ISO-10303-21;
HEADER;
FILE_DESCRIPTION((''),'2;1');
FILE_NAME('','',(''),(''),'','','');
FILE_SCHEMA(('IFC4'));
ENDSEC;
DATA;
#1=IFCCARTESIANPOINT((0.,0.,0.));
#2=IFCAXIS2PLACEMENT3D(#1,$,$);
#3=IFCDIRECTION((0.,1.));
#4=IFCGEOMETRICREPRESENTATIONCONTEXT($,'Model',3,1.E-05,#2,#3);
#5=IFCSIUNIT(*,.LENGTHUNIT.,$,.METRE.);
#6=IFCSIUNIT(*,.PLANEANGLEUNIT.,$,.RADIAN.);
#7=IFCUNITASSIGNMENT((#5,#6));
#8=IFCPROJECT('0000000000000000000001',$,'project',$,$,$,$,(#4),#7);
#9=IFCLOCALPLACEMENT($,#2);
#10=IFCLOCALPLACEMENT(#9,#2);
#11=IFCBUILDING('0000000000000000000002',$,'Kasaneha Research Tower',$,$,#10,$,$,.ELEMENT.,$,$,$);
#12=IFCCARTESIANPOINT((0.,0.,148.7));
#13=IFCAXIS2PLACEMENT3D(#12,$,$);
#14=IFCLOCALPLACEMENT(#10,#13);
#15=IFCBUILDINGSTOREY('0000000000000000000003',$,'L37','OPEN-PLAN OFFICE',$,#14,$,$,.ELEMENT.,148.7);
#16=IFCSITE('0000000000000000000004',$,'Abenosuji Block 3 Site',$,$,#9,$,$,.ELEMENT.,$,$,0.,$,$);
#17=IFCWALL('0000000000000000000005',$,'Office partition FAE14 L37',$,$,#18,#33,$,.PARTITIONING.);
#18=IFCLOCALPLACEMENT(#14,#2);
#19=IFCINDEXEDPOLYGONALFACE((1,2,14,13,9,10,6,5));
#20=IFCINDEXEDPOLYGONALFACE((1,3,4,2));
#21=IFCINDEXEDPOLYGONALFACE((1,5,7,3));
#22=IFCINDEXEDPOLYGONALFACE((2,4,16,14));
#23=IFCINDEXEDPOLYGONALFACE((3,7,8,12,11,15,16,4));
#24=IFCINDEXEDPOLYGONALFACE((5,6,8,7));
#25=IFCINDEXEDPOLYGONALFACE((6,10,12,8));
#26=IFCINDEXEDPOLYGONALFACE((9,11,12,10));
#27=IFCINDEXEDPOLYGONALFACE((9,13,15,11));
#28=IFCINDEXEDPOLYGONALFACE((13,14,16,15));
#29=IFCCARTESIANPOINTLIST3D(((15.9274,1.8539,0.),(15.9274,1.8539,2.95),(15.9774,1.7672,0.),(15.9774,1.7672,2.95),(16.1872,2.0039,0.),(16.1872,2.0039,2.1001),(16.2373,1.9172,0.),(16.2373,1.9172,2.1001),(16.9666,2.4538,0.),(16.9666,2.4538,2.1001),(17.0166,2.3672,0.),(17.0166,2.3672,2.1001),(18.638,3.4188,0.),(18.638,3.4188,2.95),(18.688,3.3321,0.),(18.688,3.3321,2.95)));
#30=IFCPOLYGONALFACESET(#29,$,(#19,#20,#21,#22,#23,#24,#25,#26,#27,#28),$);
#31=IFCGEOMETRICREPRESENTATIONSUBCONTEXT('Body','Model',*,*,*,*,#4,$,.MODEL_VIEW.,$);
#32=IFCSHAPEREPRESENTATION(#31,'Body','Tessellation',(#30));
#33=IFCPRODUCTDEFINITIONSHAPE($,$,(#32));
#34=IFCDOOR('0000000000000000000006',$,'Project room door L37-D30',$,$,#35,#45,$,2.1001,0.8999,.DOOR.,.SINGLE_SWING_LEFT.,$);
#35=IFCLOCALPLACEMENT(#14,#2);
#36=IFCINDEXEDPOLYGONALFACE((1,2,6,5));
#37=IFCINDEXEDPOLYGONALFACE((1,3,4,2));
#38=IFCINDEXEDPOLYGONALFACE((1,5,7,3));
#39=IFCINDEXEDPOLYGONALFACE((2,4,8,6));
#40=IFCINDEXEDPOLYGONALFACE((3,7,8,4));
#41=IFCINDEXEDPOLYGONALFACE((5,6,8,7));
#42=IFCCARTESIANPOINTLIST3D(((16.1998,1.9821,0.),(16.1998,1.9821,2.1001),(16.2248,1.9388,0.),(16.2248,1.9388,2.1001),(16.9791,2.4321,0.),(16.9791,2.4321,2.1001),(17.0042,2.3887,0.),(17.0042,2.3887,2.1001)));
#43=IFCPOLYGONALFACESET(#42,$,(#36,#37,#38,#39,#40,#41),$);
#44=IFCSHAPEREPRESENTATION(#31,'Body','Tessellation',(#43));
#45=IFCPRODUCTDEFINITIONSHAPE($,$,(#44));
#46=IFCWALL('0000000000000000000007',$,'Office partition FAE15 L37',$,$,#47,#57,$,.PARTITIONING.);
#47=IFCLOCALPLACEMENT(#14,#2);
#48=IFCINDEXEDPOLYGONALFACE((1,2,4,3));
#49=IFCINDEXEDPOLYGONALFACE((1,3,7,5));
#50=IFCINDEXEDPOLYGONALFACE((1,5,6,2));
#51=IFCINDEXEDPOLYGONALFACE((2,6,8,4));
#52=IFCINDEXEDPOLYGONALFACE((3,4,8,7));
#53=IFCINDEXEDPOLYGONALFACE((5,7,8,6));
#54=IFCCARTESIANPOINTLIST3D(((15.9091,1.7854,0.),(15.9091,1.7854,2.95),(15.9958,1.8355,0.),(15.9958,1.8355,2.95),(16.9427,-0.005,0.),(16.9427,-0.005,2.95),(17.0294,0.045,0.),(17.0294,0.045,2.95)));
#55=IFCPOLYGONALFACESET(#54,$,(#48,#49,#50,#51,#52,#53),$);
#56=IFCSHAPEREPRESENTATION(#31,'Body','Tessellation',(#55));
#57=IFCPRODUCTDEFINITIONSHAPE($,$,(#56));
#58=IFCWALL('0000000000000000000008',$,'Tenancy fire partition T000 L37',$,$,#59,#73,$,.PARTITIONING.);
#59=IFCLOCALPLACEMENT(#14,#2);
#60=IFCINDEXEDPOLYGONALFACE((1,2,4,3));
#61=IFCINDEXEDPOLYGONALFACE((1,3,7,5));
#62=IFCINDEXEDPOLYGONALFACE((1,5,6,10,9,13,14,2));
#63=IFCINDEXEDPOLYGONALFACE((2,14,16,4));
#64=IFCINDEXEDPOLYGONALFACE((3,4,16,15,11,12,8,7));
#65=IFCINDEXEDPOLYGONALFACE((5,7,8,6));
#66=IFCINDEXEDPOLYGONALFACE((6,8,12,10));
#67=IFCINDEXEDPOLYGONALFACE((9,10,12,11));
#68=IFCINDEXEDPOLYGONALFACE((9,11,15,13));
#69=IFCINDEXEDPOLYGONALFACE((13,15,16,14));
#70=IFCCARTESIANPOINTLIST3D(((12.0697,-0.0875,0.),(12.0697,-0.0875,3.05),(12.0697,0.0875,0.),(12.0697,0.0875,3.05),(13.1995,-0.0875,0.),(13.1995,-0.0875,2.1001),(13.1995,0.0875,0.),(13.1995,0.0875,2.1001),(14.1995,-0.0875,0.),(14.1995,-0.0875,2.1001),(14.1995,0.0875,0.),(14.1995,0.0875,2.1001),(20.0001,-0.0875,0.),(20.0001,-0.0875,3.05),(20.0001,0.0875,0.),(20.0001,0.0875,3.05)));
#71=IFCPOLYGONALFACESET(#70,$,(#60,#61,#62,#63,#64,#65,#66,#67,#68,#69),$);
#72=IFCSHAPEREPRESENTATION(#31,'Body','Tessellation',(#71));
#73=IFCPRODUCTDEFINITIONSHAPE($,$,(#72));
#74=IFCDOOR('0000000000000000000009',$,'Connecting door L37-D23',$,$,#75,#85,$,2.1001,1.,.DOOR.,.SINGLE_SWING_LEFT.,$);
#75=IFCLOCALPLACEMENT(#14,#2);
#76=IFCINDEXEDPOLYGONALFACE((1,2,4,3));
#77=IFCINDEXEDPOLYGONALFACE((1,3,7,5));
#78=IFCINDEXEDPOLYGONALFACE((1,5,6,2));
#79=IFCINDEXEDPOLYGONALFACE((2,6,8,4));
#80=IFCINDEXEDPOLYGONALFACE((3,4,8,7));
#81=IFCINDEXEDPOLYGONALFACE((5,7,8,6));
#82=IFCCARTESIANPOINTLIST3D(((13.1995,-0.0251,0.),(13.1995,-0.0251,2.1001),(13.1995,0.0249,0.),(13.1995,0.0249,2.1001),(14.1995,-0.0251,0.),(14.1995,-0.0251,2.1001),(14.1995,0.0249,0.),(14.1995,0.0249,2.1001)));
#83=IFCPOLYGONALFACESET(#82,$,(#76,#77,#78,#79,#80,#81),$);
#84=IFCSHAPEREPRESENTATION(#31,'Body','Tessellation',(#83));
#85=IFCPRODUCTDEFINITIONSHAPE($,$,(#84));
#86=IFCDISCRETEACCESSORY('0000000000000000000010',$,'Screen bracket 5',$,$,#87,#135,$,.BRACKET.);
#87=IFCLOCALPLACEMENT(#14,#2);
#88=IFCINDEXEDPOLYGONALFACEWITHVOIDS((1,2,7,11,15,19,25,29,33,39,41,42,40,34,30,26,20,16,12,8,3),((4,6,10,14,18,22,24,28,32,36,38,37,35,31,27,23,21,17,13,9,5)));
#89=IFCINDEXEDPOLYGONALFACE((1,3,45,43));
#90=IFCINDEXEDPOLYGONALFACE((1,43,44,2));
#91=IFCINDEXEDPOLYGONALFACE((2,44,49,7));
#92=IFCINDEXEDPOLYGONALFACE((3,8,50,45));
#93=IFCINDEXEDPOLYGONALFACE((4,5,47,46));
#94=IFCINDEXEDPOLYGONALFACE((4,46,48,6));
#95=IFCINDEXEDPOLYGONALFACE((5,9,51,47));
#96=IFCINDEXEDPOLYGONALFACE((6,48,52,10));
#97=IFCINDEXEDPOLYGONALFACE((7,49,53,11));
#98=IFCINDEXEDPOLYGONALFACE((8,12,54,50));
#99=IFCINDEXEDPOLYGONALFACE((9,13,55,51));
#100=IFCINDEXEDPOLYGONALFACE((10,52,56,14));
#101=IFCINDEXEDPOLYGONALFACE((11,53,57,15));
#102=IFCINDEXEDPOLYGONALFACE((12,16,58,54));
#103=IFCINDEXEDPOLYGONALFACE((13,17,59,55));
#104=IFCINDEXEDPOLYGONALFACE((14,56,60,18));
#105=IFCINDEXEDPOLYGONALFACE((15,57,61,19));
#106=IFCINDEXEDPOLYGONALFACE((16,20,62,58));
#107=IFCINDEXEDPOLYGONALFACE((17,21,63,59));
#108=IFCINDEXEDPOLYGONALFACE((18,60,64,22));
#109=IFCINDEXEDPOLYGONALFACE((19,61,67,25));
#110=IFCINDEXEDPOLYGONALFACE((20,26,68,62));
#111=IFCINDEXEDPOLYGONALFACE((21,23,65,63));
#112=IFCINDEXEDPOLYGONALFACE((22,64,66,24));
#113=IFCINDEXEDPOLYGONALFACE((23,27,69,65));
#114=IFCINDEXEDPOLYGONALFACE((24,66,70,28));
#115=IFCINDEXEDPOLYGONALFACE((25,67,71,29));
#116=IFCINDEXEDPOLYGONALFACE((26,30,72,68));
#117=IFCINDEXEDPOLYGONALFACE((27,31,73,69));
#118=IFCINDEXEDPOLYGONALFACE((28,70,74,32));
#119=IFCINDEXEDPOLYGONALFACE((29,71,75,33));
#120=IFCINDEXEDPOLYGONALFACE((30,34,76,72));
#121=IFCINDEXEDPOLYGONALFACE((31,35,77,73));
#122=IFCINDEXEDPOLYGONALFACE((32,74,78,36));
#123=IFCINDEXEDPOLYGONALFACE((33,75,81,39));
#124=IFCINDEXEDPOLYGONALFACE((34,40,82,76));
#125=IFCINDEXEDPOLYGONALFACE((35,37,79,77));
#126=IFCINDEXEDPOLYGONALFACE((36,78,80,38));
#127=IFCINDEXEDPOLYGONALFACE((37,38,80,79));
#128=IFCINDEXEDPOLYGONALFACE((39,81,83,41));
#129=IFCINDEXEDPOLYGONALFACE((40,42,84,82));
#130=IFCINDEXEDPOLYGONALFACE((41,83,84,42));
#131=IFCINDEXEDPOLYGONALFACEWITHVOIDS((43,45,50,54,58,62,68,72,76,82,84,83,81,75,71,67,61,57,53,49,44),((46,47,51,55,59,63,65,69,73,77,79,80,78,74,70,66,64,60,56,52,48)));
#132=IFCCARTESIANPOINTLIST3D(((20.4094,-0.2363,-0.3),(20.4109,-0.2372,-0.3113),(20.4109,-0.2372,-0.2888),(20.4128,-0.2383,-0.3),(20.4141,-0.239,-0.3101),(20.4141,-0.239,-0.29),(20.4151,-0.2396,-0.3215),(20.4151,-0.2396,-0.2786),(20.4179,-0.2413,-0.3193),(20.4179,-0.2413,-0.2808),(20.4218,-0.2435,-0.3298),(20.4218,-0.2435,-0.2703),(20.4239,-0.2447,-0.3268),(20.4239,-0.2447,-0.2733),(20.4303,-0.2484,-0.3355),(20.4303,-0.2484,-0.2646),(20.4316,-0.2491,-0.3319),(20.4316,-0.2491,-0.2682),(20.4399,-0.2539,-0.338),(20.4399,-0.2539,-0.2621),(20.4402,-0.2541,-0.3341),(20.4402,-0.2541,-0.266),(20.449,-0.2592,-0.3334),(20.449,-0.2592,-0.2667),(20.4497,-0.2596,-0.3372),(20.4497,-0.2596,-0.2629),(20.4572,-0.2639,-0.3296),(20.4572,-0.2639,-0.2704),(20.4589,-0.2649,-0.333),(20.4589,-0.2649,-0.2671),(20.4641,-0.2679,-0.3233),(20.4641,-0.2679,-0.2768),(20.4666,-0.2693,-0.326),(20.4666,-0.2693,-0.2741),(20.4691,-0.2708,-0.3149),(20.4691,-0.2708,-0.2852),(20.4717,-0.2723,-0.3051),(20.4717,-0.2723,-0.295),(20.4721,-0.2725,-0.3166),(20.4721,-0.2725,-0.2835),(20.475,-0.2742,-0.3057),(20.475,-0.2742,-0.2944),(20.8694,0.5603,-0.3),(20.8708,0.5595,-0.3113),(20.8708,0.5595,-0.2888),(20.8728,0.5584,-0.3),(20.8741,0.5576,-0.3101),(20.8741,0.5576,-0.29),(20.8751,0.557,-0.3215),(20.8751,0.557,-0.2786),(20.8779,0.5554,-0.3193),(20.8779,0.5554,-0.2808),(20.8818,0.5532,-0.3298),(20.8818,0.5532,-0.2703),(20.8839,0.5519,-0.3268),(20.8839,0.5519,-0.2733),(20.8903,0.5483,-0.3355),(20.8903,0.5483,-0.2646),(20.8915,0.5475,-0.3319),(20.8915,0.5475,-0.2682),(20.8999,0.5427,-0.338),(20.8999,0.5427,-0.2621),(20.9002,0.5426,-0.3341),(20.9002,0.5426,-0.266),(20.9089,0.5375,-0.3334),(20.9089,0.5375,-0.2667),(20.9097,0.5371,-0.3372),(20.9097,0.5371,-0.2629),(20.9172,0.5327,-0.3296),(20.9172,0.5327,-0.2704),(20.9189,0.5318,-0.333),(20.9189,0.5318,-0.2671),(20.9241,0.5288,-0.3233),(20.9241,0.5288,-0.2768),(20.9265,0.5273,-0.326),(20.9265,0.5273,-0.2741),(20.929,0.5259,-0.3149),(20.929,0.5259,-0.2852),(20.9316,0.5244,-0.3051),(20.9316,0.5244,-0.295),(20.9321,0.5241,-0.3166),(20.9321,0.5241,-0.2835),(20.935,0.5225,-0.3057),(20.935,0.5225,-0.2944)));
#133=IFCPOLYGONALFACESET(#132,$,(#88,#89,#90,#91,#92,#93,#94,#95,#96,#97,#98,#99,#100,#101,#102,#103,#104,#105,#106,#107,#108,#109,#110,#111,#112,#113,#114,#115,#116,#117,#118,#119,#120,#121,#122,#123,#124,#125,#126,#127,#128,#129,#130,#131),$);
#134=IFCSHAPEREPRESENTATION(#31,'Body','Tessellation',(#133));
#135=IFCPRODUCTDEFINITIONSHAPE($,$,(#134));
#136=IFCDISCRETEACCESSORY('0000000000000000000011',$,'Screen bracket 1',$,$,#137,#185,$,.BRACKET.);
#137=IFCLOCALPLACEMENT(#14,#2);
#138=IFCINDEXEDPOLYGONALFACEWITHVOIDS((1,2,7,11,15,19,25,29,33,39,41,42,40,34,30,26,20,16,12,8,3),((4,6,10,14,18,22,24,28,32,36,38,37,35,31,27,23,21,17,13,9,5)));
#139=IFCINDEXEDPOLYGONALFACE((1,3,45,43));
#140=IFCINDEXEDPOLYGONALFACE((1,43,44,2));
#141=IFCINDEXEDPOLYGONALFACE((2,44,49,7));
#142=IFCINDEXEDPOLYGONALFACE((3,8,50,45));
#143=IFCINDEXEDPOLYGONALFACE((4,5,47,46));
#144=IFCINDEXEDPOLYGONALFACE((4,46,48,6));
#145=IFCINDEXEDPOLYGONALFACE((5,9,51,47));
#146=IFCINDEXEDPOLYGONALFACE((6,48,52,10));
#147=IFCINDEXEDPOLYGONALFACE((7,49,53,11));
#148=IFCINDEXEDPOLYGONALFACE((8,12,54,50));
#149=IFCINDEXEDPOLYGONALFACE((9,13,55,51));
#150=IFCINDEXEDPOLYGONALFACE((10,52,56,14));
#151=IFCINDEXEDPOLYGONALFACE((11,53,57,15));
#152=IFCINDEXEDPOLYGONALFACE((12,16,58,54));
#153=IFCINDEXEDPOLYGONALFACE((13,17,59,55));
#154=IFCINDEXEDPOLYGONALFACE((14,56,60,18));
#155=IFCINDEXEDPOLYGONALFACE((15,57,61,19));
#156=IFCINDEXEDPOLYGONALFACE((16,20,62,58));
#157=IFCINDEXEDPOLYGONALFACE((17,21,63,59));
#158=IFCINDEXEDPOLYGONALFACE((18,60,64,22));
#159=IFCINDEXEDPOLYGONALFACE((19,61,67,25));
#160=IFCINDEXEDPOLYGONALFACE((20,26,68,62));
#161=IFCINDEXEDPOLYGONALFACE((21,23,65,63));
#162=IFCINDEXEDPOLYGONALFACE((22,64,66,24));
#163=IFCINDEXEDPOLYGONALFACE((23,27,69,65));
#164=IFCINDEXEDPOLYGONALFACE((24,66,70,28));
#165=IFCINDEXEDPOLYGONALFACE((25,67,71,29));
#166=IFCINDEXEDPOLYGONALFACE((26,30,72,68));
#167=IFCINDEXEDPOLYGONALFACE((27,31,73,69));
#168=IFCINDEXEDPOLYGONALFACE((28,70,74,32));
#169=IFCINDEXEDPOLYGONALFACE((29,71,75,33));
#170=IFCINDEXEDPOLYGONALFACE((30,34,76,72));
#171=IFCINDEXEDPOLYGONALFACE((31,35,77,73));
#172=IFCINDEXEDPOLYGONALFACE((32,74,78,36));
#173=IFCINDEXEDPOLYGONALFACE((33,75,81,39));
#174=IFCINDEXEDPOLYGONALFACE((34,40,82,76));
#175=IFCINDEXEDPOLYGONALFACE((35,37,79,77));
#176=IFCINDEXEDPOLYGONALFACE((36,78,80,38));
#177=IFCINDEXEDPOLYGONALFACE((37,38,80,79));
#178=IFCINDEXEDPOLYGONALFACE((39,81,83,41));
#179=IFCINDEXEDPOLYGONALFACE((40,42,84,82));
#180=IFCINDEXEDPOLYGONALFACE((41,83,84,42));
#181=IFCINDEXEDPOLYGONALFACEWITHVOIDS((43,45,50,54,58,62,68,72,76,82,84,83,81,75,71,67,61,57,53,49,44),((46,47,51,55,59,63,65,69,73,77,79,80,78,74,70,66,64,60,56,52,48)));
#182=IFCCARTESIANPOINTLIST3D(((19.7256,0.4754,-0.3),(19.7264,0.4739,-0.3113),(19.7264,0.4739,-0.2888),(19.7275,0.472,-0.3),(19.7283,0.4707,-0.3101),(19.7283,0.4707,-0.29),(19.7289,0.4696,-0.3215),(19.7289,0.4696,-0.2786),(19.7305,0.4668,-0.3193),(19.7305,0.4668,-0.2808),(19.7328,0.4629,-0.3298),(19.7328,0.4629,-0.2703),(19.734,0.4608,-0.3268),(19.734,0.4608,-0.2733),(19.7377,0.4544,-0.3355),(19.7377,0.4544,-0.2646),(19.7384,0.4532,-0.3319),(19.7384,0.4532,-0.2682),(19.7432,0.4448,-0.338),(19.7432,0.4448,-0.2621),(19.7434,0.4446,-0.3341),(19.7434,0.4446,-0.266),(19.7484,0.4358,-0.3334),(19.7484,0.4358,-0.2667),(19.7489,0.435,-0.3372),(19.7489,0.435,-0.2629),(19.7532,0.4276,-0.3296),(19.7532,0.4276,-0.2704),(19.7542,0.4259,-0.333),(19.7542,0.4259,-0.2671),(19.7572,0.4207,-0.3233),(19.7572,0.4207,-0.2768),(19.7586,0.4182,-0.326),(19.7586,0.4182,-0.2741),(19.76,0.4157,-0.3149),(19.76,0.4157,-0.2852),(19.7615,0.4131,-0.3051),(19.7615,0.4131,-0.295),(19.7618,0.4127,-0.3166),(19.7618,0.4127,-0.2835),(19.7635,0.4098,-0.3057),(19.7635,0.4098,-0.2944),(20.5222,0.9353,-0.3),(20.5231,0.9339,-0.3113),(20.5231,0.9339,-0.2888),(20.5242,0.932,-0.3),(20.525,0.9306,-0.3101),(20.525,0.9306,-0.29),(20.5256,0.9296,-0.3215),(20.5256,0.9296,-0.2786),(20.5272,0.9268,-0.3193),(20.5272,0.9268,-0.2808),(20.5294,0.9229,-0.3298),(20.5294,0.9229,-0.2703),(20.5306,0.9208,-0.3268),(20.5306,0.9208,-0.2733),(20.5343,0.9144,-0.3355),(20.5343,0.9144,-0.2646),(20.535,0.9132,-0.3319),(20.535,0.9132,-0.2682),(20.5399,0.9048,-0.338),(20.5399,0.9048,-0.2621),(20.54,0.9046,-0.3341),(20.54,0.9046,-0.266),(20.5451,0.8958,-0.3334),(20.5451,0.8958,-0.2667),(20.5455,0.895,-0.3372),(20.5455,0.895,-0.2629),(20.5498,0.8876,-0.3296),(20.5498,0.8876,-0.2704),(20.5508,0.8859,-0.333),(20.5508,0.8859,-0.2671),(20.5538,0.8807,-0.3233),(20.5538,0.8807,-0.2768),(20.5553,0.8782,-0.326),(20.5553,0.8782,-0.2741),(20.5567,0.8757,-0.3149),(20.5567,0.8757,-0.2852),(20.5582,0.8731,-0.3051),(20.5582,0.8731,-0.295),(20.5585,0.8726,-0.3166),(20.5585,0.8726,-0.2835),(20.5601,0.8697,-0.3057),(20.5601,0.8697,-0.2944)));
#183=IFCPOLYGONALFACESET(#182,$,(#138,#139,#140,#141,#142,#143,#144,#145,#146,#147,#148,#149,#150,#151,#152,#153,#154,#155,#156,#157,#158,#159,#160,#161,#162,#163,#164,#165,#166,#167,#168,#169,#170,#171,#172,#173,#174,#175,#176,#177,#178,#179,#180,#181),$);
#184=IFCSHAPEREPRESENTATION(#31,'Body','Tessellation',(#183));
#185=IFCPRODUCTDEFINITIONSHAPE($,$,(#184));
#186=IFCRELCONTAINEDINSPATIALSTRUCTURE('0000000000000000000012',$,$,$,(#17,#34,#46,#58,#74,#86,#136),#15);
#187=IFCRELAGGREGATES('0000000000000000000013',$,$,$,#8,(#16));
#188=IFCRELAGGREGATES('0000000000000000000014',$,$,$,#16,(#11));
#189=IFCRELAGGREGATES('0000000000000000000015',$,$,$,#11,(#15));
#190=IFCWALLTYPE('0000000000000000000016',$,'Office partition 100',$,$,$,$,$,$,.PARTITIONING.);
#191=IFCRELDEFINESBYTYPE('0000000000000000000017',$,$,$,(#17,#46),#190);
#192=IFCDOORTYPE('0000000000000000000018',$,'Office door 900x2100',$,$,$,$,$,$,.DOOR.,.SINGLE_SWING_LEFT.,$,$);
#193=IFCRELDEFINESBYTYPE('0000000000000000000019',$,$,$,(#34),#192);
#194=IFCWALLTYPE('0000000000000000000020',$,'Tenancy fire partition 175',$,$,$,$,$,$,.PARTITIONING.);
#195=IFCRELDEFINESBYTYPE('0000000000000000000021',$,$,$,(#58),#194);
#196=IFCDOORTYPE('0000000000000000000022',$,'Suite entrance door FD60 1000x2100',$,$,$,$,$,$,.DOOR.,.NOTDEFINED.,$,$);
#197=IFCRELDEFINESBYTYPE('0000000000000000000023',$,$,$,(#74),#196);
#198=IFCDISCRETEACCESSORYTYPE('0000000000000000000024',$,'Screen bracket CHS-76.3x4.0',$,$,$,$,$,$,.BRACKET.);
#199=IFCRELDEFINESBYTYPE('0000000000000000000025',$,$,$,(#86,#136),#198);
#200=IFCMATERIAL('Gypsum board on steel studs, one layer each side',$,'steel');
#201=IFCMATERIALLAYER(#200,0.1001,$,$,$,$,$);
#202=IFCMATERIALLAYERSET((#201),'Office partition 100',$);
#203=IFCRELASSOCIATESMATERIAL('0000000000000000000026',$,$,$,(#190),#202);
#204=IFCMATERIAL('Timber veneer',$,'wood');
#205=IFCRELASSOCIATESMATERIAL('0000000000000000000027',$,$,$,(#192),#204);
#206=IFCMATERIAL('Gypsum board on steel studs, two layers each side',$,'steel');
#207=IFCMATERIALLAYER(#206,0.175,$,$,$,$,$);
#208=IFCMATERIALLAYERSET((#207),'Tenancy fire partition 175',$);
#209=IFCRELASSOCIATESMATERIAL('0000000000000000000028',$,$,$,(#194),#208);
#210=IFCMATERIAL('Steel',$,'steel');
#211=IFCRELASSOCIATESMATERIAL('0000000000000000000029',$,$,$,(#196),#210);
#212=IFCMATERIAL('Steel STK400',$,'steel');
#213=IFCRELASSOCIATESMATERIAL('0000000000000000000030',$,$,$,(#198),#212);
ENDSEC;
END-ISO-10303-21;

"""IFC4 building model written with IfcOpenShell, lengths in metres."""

from ifc_helpers import new_model, si_unit, direction, frame, frame_2d, origin, origin_2d, place, context, subcontext, project, spatial, rectangle, hollow_circle, extrude, material, layer, layer_set, material_profile, profile_set, type_object, element, fill, save


model = new_model("IFC4")

# Units and contexts
model_context = context("Model", 3, precision=1e-05, world=origin(), true_north=direction((0.0, 1.0)))
body_context = subcontext(model_context, "Body", "Model", "MODEL_VIEW")
ifc_project = project(units=[si_unit("LENGTHUNIT", "METRE"), si_unit("PLANEANGLEUNIT", "RADIAN")], contexts=[model_context])

# Site, building, storey
site_placement = place(None, origin())
site = spatial("IfcSite", under=ifc_project, at=site_placement, Name="Abenosuji Block 3 Site", CompositionType="ELEMENT", RefElevation=0.0)
building_placement = place(site_placement, origin())
building = spatial("IfcBuilding", under=site, at=building_placement, Name="Kasaneha Research Tower", CompositionType="ELEMENT")
storey_placement = place(building_placement, frame((0.0, 0.0, 148.7)))
storey = spatial("IfcBuildingStorey", under=building, at=storey_placement, Name="L37", Description="OPEN-PLAN OFFICE", CompositionType="ELEMENT", Elevation=148.7)

# Shared definitions
ifc_material_1 = material(Name="Gypsum board on steel studs, one layer each side", Category="steel")
ifc_layer_1 = layer(ifc_material_1, 0.1001)
ifc_layer_set_1 = layer_set([ifc_layer_1], Name="Office partition 100")
wall_type_1 = type_object("IfcWallType", Name="Office partition 100", PredefinedType="PARTITIONING", material=ifc_layer_set_1)

# Shared definitions
ifc_material_2 = material(Name="Timber veneer", Category="wood")
door_type_1 = type_object("IfcDoorType", Name="Office door 900x2100", OperationType="SINGLE_SWING_LEFT", PredefinedType="DOOR", material=ifc_material_2)

# Wall, opening, door
wall_1_placement = place(storey_placement, frame((15.9524, 1.8105, 0.0), z_axis=(0.0, 0.0, 1.0), x_axis=(0.866036, 0.499981, 0.0)))
wall_1 = element("IfcWall", 1, at=wall_1_placement, inside=storey, type_object=wall_type_1, Name="Office partition FAE14 L37", PredefinedType="PARTITIONING", context=body_context, shape_type="SweptSolid", body=[
    extrude(rectangle(XDim=3.1299, YDim=0.1001, at=frame_2d((1.5649, 0.0))), origin(), (0.0, 0.0, 1.0), 2.95),
])
opening_1_placement = place(wall_1_placement, frame((0.3, 0.0, 0.0)))
opening_1 = element("IfcOpeningElement", 2, at=opening_1_placement, cuts=wall_1, PredefinedType="OPENING", context=body_context, shape_type="SweptSolid", body=[
    extrude(rectangle(XDim=0.8999, YDim=2.1001, at=frame_2d((0.45, 1.05))), frame((0.0, 0.0601, 0.0), z_axis=(0.0, -1.0, 0.0), x_axis=(1.0, 0.0, 0.0)), (0.0, 0.0, 1.0), 0.1201),
])
door_1_placement = place(opening_1_placement, origin())
door_1 = element("IfcDoor", 3, at=door_1_placement, inside=storey, type_object=door_type_1, Name="Project room door L37-D30", OperationType="SINGLE_SWING_LEFT", OverallHeight=2.1001, OverallWidth=0.8999, PredefinedType="DOOR", context=body_context, shape_type="SweptSolid", body=[
    extrude(rectangle(XDim=0.8999, YDim=2.1001, at=frame_2d((0.45, 1.05))), frame((0.0, 0.0249, 0.0), z_axis=(0.0, -1.0, 0.0), x_axis=(1.0, 0.0, 0.0)), (0.0, 0.0, 1.0), 0.05),
])
fill(opening_1, door_1)

# Wall
wall_2_placement = place(storey_placement, frame((16.9861, 0.02, 0.0), z_axis=(0.0, 0.0, 1.0), x_axis=(-0.499975, 0.86604, 0.0)))
element("IfcWall", 4, at=wall_2_placement, inside=storey, type_object=wall_type_1, Name="Office partition FAE15 L37", PredefinedType="PARTITIONING", context=body_context, shape_type="SweptSolid", body=[
    extrude(rectangle(XDim=2.0674, YDim=0.1001, at=frame_2d((1.0337, 0.0))), origin(), (0.0, 0.0, 1.0), 2.95),
])

# Wall, opening, door
ifc_material_3 = material(Name="Gypsum board on steel studs, two layers each side", Category="steel")
ifc_layer_2 = layer(ifc_material_3, 0.175)
ifc_layer_set_2 = layer_set([ifc_layer_2], Name="Tenancy fire partition 175")
wall_type_2 = type_object("IfcWallType", Name="Tenancy fire partition 175", PredefinedType="PARTITIONING", material=ifc_layer_set_2)
wall_3_placement = place(storey_placement, frame((12.0696, 0.0, 0.0), z_axis=(0.0, 0.0, 1.0), x_axis=(1.0, 0.0, 0.0)))
wall_3 = element("IfcWall", 5, at=wall_3_placement, inside=storey, type_object=wall_type_2, Name="Tenancy fire partition T000 L37", PredefinedType="PARTITIONING", context=body_context, shape_type="SweptSolid", body=[
    extrude(rectangle(XDim=7.9304, YDim=0.175, at=frame_2d((3.9653, 0.0))), origin(), (0.0, 0.0, 1.0), 3.05),
])
opening_2_placement = place(wall_3_placement, frame((1.1299, 0.0, 0.0)))
opening_2 = element("IfcOpeningElement", 6, at=opening_2_placement, cuts=wall_3, PredefinedType="OPENING", context=body_context, shape_type="SweptSolid", body=[
    extrude(rectangle(XDim=1.0, YDim=2.1001, at=frame_2d((0.5, 1.05))), frame((0.0, 0.0977, 0.0), z_axis=(0.0, -1.0, 0.0), x_axis=(1.0, 0.0, 0.0)), (0.0, 0.0, 1.0), 0.1951),
])
ifc_material_4 = material(Name="Steel", Category="steel")
door_type_2 = type_object("IfcDoorType", Name="Suite entrance door FD60 1000x2100", OperationType="NOTDEFINED", PredefinedType="DOOR", material=ifc_material_4)
door_2_placement = place(opening_2_placement, origin())
door_2 = element("IfcDoor", 7, at=door_2_placement, inside=storey, type_object=door_type_2, Name="Connecting door L37-D23", OperationType="SINGLE_SWING_LEFT", OverallHeight=2.1001, OverallWidth=1.0, PredefinedType="DOOR", context=body_context, shape_type="SweptSolid", body=[
    extrude(rectangle(XDim=1.0, YDim=2.1001, at=frame_2d((0.5, 1.05))), frame((0.0, 0.0249, 0.0), z_axis=(0.0, -1.0, 0.0), x_axis=(1.0, 0.0, 0.0)), (0.0, 0.0, 1.0), 0.05),
])
fill(opening_2, door_2)

# Discrete accessories
ifc_material_5 = material(Name="Steel STK400", Category="steel")
ifc_material_profile_1 = material_profile(ifc_material_5, hollow_circle(Radius=0.0381, WallThickness=0.0039, at=origin_2d()), Name="CHS-76.3x4.0")
ifc_profile_set_1 = profile_set([ifc_material_profile_1], Name="Steel STK400")
discrete_accessory_type = type_object("IfcDiscreteAccessoryType", Name="Screen bracket CHS-76.3x4.0", PredefinedType="BRACKET", material=ifc_profile_set_1)
for number, where, z_axis, x_axis, name in (
    (8, (20.4424, -0.2554, -0.3), (0.500021, 0.866013, 0.0), (-0.866013, 0.500021, 0.0), "Screen bracket 5"),
    (9, (19.7446, 0.4424, -0.3), (0.866013, 0.500021, 0.0), (-0.500021, 0.866013, 0.0), "Screen bracket 1"),
):
    element("IfcDiscreteAccessory", number, at=place(storey_placement, frame(where, z_axis=z_axis, x_axis=x_axis)), inside=storey, type_object=discrete_accessory_type, Name=name, PredefinedType="BRACKET", context=body_context, shape_type="SweptSolid", body=[
        extrude(hollow_circle(Radius=0.0381, WallThickness=0.0039, at=origin_2d()), origin(), (0.0, 0.0, 1.0), 0.9199),
    ])

save(model, "model.ifc")
